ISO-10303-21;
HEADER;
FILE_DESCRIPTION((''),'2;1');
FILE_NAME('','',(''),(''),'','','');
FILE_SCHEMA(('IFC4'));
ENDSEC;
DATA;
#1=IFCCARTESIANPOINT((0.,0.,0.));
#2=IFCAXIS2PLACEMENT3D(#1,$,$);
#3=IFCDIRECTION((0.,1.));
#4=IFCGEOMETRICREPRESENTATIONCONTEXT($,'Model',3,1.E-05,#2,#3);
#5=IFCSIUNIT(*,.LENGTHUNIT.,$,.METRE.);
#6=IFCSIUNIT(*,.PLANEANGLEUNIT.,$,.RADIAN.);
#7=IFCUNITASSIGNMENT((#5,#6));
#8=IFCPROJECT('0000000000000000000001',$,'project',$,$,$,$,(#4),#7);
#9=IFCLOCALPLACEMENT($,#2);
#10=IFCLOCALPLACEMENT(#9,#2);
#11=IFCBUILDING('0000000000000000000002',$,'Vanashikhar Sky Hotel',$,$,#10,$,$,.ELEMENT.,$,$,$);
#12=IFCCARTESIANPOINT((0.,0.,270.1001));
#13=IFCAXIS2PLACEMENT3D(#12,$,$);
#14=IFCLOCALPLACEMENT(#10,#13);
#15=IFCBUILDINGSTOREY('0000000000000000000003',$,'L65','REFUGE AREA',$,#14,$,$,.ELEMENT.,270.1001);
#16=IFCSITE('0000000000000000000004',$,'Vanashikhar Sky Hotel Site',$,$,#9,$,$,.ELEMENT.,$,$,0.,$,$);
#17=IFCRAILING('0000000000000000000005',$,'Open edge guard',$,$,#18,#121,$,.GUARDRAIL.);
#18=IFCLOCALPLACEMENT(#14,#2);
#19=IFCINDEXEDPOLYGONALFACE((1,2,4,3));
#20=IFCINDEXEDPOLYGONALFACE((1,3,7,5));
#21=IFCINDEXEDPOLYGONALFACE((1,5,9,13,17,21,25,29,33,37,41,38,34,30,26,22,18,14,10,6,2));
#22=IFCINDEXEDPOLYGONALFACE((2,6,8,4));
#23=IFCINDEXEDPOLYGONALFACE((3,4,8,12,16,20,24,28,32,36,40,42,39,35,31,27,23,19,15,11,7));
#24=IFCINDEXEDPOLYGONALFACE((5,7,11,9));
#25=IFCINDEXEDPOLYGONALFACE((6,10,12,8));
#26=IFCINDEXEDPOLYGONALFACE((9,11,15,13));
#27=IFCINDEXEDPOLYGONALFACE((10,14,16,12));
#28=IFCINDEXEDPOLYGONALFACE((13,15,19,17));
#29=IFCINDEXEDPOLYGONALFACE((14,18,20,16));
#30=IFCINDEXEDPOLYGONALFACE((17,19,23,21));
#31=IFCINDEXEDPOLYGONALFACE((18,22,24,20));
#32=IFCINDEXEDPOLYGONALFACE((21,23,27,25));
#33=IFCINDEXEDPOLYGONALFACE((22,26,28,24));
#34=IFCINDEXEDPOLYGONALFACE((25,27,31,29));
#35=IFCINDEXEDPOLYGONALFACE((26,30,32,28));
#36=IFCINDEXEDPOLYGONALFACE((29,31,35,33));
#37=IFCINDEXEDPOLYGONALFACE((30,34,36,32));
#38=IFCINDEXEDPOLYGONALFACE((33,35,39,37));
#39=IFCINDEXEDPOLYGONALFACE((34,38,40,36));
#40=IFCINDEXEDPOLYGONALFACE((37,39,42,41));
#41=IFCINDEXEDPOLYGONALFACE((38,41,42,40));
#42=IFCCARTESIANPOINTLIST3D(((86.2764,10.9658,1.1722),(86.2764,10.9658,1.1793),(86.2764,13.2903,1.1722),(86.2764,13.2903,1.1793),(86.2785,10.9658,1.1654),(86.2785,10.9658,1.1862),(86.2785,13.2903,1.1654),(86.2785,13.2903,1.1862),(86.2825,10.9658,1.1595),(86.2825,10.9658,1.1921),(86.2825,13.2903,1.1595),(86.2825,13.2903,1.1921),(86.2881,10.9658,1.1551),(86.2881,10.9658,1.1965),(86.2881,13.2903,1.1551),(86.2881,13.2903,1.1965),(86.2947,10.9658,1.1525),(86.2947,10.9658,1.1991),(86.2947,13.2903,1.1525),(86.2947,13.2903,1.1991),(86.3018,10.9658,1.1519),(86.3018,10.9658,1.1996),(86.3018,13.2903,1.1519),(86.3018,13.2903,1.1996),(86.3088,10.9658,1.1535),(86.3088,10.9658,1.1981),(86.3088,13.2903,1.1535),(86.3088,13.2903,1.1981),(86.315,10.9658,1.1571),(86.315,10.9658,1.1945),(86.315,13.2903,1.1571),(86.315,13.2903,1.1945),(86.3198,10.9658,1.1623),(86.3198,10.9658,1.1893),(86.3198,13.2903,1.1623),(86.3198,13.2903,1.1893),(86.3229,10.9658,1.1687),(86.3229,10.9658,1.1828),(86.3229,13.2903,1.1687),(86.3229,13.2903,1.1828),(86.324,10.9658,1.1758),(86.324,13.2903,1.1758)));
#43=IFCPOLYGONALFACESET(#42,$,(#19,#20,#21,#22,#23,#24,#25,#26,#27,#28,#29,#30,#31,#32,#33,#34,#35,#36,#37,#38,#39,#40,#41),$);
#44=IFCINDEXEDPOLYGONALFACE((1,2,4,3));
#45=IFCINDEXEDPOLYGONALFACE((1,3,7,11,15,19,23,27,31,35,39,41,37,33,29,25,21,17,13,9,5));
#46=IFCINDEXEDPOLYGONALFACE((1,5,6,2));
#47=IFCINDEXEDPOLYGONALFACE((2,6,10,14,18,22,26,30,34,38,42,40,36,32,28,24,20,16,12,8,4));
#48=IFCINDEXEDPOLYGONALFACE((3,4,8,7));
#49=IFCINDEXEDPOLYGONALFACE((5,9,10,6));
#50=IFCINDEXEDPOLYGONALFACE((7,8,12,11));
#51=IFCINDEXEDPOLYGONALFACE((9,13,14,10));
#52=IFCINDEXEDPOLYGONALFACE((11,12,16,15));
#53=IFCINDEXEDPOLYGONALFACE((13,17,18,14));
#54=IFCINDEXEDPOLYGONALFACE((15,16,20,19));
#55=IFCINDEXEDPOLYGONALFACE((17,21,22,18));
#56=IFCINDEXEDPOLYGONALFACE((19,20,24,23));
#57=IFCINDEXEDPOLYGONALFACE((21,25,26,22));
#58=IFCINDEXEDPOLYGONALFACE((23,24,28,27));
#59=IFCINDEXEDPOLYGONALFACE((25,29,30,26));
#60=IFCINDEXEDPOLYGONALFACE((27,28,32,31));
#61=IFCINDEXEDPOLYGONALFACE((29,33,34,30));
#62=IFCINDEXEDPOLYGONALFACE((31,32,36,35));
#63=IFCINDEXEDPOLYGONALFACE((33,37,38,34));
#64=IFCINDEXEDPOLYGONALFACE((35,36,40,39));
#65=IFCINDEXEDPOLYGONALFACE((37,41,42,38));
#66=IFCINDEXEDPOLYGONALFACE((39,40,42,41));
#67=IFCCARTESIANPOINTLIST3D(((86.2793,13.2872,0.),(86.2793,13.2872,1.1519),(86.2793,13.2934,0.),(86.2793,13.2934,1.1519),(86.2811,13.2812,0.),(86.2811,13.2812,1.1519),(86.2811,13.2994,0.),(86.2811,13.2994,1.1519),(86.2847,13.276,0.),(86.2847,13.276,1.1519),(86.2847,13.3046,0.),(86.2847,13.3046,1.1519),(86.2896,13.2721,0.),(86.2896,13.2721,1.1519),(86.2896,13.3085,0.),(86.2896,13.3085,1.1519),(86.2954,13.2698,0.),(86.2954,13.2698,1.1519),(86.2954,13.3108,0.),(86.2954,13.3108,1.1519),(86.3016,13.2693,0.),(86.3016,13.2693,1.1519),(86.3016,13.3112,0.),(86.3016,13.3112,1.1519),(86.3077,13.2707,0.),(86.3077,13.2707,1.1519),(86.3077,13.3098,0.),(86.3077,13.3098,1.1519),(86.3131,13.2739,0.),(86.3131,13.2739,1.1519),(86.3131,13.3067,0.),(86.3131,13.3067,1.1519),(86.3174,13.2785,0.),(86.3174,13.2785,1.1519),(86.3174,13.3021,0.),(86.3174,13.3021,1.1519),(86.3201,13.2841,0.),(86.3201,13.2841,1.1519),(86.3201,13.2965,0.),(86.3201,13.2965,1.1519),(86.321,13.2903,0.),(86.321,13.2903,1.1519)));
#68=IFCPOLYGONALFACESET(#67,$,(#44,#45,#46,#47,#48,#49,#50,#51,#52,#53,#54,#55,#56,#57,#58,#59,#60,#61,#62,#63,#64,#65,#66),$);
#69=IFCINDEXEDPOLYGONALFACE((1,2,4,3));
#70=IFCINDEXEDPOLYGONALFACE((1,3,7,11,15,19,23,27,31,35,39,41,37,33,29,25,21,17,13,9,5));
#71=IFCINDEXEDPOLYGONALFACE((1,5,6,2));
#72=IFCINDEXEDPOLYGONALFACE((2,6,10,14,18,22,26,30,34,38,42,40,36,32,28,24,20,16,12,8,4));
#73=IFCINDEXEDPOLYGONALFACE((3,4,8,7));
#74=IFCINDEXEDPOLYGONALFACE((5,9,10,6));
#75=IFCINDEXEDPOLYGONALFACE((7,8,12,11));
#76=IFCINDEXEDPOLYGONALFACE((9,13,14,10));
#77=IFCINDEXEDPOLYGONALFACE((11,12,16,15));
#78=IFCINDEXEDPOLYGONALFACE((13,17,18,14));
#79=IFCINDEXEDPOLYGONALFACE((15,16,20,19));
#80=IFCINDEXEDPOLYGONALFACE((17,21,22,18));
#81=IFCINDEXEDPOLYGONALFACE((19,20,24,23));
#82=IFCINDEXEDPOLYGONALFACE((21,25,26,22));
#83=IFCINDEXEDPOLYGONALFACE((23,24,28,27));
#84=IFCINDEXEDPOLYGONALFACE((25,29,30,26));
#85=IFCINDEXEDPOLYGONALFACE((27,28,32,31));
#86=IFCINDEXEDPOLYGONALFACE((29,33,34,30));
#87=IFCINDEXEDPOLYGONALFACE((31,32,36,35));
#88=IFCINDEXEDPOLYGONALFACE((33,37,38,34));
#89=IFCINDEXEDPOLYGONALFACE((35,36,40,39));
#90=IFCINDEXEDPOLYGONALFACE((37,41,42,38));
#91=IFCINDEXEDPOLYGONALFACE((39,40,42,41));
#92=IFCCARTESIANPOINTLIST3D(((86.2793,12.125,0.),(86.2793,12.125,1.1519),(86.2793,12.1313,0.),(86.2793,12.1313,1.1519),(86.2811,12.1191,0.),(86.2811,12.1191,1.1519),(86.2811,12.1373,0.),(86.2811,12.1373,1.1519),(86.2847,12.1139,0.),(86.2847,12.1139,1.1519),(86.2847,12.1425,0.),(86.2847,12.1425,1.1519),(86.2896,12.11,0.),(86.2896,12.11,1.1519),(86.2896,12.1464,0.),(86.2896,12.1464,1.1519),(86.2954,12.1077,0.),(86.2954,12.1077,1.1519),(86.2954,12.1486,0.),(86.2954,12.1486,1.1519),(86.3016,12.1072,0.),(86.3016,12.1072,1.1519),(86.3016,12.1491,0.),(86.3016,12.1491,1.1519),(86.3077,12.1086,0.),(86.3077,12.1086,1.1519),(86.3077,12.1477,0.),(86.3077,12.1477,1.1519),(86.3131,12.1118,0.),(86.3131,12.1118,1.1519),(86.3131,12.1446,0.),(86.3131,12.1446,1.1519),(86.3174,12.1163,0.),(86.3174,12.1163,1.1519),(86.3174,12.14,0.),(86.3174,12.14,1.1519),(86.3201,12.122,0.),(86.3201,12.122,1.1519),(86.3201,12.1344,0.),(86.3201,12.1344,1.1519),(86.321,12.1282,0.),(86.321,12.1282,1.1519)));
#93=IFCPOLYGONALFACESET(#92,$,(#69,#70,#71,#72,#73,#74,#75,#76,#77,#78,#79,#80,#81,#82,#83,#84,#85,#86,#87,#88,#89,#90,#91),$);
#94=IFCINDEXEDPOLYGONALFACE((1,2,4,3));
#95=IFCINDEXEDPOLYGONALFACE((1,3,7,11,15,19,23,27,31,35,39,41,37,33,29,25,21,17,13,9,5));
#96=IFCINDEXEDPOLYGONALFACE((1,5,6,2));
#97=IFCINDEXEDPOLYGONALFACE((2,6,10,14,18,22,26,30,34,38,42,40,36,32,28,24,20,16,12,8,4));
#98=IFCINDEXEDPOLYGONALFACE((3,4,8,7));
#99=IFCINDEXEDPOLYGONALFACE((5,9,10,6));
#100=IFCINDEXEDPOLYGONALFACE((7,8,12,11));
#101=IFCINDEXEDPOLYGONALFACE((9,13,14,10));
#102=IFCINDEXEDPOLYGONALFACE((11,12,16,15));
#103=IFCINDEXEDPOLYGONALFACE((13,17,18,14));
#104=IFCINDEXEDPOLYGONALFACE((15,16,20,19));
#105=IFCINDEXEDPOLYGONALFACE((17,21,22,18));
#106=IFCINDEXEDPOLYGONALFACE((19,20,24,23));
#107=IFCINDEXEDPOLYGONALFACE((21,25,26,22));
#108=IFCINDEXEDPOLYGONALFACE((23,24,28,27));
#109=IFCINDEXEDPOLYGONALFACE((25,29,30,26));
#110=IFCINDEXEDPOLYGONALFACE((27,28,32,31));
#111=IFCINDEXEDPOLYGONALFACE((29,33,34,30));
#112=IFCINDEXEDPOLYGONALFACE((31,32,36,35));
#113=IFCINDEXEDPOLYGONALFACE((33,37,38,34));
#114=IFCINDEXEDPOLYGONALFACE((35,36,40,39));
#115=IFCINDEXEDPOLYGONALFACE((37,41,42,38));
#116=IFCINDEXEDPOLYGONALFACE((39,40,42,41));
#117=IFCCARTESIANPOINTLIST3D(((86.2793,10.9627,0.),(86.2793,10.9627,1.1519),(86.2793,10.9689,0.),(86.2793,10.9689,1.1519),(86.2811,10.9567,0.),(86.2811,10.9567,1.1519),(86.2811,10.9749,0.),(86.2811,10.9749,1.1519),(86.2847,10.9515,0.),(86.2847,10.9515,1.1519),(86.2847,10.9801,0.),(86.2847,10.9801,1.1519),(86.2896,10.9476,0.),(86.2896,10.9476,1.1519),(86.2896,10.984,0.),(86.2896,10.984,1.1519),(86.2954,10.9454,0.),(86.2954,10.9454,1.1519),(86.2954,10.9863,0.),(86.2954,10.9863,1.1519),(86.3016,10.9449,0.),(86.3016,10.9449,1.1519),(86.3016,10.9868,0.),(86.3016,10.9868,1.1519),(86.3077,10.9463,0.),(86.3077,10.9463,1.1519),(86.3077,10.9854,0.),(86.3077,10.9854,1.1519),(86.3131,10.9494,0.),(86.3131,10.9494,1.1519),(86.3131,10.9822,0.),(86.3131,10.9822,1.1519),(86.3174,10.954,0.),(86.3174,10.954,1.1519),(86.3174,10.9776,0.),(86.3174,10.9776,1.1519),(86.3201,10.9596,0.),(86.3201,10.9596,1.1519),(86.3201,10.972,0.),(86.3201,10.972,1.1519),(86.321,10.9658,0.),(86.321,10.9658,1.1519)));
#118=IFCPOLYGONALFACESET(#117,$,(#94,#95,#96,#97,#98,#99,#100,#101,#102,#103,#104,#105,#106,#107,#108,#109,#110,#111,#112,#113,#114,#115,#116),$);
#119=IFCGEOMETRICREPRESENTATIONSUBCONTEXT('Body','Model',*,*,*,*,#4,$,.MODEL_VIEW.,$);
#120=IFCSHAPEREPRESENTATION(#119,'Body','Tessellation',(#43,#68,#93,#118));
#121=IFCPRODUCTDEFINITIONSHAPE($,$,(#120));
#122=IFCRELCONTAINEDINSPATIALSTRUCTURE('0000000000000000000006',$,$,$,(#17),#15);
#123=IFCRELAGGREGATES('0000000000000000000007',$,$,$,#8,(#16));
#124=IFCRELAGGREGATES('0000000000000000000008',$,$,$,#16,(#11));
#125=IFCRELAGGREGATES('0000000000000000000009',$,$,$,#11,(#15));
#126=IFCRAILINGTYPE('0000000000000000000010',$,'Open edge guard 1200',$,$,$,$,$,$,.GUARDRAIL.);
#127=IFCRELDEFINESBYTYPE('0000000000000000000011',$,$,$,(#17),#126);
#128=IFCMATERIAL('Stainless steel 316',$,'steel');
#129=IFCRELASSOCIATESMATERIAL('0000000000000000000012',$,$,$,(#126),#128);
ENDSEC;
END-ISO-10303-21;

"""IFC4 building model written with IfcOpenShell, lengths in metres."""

from ifc_helpers import new_model, si_unit, direction, frame, origin, origin_2d, place, context, subcontext, project, spatial, circle, extrude, source, transform, mapped, material, type_object, element, save


model = new_model("IFC4")

# Units and contexts
model_context = context("Model", 3, precision=1e-05, world=origin(), true_north=direction((0.0, 1.0)))
body_context = subcontext(model_context, "Body", "Model", "MODEL_VIEW")
ifc_project = project(units=[si_unit("LENGTHUNIT", "METRE"), si_unit("PLANEANGLEUNIT", "RADIAN")], contexts=[model_context])

# Site, building, storey
site_placement = place(None, origin())
site = spatial("IfcSite", under=ifc_project, at=site_placement, Name="Vanashikhar Sky Hotel Site", CompositionType="ELEMENT", RefElevation=0.0)
building_placement = place(site_placement, origin())
building = spatial("IfcBuilding", under=site, at=building_placement, Name="Vanashikhar Sky Hotel", CompositionType="ELEMENT")
storey_placement = place(building_placement, frame((0.0, 0.0, 270.1001)))
storey = spatial("IfcBuildingStorey", under=building, at=storey_placement, Name="L65", Description="REFUGE AREA", CompositionType="ELEMENT", Elevation=270.1001)

# Railing
ifc_material_1 = material(Name="Stainless steel 316", Category="steel")
railing_type = type_object("IfcRailingType", Name="Open edge guard 1200", PredefinedType="GUARDRAIL", material=ifc_material_1)
shared_shape_1 = source(origin(), body_context, "Body", "SweptSolid", [
    extrude(circle(Radius=0.0239, at=origin_2d()), frame((0.0, 0.0, 1.1758), z_axis=(0.0, -1.0, 0.0), x_axis=(1.0, 0.0, 0.0)), (0.0, 0.0, 1.0), 2.3245),
    extrude(circle(Radius=0.021, at=origin_2d()), origin(), (0.0, 0.0, 1.0), 1.1519),
    extrude(circle(Radius=0.021, at=origin_2d()), frame((0.0, -1.1621, 0.0)), (0.0, 0.0, 1.0), 1.1519),
    extrude(circle(Radius=0.021, at=origin_2d()), frame((0.0, -2.3245, 0.0)), (0.0, 0.0, 1.0), 1.1519),
])
for number, where, name in (
    (1, (86.3, 13.2903, 0.0), "Open edge guard"),
):
    element("IfcRailing", number, at=place(storey_placement, frame(where)), inside=storey, type_object=railing_type, Name=name, PredefinedType="GUARDRAIL", context=body_context, shape_type="MappedRepresentation", body=[
        mapped(shared_shape_1, transform((0.0, 0.0, 0.0), scale=1.0)),
    ])

save(model, "model.ifc")
